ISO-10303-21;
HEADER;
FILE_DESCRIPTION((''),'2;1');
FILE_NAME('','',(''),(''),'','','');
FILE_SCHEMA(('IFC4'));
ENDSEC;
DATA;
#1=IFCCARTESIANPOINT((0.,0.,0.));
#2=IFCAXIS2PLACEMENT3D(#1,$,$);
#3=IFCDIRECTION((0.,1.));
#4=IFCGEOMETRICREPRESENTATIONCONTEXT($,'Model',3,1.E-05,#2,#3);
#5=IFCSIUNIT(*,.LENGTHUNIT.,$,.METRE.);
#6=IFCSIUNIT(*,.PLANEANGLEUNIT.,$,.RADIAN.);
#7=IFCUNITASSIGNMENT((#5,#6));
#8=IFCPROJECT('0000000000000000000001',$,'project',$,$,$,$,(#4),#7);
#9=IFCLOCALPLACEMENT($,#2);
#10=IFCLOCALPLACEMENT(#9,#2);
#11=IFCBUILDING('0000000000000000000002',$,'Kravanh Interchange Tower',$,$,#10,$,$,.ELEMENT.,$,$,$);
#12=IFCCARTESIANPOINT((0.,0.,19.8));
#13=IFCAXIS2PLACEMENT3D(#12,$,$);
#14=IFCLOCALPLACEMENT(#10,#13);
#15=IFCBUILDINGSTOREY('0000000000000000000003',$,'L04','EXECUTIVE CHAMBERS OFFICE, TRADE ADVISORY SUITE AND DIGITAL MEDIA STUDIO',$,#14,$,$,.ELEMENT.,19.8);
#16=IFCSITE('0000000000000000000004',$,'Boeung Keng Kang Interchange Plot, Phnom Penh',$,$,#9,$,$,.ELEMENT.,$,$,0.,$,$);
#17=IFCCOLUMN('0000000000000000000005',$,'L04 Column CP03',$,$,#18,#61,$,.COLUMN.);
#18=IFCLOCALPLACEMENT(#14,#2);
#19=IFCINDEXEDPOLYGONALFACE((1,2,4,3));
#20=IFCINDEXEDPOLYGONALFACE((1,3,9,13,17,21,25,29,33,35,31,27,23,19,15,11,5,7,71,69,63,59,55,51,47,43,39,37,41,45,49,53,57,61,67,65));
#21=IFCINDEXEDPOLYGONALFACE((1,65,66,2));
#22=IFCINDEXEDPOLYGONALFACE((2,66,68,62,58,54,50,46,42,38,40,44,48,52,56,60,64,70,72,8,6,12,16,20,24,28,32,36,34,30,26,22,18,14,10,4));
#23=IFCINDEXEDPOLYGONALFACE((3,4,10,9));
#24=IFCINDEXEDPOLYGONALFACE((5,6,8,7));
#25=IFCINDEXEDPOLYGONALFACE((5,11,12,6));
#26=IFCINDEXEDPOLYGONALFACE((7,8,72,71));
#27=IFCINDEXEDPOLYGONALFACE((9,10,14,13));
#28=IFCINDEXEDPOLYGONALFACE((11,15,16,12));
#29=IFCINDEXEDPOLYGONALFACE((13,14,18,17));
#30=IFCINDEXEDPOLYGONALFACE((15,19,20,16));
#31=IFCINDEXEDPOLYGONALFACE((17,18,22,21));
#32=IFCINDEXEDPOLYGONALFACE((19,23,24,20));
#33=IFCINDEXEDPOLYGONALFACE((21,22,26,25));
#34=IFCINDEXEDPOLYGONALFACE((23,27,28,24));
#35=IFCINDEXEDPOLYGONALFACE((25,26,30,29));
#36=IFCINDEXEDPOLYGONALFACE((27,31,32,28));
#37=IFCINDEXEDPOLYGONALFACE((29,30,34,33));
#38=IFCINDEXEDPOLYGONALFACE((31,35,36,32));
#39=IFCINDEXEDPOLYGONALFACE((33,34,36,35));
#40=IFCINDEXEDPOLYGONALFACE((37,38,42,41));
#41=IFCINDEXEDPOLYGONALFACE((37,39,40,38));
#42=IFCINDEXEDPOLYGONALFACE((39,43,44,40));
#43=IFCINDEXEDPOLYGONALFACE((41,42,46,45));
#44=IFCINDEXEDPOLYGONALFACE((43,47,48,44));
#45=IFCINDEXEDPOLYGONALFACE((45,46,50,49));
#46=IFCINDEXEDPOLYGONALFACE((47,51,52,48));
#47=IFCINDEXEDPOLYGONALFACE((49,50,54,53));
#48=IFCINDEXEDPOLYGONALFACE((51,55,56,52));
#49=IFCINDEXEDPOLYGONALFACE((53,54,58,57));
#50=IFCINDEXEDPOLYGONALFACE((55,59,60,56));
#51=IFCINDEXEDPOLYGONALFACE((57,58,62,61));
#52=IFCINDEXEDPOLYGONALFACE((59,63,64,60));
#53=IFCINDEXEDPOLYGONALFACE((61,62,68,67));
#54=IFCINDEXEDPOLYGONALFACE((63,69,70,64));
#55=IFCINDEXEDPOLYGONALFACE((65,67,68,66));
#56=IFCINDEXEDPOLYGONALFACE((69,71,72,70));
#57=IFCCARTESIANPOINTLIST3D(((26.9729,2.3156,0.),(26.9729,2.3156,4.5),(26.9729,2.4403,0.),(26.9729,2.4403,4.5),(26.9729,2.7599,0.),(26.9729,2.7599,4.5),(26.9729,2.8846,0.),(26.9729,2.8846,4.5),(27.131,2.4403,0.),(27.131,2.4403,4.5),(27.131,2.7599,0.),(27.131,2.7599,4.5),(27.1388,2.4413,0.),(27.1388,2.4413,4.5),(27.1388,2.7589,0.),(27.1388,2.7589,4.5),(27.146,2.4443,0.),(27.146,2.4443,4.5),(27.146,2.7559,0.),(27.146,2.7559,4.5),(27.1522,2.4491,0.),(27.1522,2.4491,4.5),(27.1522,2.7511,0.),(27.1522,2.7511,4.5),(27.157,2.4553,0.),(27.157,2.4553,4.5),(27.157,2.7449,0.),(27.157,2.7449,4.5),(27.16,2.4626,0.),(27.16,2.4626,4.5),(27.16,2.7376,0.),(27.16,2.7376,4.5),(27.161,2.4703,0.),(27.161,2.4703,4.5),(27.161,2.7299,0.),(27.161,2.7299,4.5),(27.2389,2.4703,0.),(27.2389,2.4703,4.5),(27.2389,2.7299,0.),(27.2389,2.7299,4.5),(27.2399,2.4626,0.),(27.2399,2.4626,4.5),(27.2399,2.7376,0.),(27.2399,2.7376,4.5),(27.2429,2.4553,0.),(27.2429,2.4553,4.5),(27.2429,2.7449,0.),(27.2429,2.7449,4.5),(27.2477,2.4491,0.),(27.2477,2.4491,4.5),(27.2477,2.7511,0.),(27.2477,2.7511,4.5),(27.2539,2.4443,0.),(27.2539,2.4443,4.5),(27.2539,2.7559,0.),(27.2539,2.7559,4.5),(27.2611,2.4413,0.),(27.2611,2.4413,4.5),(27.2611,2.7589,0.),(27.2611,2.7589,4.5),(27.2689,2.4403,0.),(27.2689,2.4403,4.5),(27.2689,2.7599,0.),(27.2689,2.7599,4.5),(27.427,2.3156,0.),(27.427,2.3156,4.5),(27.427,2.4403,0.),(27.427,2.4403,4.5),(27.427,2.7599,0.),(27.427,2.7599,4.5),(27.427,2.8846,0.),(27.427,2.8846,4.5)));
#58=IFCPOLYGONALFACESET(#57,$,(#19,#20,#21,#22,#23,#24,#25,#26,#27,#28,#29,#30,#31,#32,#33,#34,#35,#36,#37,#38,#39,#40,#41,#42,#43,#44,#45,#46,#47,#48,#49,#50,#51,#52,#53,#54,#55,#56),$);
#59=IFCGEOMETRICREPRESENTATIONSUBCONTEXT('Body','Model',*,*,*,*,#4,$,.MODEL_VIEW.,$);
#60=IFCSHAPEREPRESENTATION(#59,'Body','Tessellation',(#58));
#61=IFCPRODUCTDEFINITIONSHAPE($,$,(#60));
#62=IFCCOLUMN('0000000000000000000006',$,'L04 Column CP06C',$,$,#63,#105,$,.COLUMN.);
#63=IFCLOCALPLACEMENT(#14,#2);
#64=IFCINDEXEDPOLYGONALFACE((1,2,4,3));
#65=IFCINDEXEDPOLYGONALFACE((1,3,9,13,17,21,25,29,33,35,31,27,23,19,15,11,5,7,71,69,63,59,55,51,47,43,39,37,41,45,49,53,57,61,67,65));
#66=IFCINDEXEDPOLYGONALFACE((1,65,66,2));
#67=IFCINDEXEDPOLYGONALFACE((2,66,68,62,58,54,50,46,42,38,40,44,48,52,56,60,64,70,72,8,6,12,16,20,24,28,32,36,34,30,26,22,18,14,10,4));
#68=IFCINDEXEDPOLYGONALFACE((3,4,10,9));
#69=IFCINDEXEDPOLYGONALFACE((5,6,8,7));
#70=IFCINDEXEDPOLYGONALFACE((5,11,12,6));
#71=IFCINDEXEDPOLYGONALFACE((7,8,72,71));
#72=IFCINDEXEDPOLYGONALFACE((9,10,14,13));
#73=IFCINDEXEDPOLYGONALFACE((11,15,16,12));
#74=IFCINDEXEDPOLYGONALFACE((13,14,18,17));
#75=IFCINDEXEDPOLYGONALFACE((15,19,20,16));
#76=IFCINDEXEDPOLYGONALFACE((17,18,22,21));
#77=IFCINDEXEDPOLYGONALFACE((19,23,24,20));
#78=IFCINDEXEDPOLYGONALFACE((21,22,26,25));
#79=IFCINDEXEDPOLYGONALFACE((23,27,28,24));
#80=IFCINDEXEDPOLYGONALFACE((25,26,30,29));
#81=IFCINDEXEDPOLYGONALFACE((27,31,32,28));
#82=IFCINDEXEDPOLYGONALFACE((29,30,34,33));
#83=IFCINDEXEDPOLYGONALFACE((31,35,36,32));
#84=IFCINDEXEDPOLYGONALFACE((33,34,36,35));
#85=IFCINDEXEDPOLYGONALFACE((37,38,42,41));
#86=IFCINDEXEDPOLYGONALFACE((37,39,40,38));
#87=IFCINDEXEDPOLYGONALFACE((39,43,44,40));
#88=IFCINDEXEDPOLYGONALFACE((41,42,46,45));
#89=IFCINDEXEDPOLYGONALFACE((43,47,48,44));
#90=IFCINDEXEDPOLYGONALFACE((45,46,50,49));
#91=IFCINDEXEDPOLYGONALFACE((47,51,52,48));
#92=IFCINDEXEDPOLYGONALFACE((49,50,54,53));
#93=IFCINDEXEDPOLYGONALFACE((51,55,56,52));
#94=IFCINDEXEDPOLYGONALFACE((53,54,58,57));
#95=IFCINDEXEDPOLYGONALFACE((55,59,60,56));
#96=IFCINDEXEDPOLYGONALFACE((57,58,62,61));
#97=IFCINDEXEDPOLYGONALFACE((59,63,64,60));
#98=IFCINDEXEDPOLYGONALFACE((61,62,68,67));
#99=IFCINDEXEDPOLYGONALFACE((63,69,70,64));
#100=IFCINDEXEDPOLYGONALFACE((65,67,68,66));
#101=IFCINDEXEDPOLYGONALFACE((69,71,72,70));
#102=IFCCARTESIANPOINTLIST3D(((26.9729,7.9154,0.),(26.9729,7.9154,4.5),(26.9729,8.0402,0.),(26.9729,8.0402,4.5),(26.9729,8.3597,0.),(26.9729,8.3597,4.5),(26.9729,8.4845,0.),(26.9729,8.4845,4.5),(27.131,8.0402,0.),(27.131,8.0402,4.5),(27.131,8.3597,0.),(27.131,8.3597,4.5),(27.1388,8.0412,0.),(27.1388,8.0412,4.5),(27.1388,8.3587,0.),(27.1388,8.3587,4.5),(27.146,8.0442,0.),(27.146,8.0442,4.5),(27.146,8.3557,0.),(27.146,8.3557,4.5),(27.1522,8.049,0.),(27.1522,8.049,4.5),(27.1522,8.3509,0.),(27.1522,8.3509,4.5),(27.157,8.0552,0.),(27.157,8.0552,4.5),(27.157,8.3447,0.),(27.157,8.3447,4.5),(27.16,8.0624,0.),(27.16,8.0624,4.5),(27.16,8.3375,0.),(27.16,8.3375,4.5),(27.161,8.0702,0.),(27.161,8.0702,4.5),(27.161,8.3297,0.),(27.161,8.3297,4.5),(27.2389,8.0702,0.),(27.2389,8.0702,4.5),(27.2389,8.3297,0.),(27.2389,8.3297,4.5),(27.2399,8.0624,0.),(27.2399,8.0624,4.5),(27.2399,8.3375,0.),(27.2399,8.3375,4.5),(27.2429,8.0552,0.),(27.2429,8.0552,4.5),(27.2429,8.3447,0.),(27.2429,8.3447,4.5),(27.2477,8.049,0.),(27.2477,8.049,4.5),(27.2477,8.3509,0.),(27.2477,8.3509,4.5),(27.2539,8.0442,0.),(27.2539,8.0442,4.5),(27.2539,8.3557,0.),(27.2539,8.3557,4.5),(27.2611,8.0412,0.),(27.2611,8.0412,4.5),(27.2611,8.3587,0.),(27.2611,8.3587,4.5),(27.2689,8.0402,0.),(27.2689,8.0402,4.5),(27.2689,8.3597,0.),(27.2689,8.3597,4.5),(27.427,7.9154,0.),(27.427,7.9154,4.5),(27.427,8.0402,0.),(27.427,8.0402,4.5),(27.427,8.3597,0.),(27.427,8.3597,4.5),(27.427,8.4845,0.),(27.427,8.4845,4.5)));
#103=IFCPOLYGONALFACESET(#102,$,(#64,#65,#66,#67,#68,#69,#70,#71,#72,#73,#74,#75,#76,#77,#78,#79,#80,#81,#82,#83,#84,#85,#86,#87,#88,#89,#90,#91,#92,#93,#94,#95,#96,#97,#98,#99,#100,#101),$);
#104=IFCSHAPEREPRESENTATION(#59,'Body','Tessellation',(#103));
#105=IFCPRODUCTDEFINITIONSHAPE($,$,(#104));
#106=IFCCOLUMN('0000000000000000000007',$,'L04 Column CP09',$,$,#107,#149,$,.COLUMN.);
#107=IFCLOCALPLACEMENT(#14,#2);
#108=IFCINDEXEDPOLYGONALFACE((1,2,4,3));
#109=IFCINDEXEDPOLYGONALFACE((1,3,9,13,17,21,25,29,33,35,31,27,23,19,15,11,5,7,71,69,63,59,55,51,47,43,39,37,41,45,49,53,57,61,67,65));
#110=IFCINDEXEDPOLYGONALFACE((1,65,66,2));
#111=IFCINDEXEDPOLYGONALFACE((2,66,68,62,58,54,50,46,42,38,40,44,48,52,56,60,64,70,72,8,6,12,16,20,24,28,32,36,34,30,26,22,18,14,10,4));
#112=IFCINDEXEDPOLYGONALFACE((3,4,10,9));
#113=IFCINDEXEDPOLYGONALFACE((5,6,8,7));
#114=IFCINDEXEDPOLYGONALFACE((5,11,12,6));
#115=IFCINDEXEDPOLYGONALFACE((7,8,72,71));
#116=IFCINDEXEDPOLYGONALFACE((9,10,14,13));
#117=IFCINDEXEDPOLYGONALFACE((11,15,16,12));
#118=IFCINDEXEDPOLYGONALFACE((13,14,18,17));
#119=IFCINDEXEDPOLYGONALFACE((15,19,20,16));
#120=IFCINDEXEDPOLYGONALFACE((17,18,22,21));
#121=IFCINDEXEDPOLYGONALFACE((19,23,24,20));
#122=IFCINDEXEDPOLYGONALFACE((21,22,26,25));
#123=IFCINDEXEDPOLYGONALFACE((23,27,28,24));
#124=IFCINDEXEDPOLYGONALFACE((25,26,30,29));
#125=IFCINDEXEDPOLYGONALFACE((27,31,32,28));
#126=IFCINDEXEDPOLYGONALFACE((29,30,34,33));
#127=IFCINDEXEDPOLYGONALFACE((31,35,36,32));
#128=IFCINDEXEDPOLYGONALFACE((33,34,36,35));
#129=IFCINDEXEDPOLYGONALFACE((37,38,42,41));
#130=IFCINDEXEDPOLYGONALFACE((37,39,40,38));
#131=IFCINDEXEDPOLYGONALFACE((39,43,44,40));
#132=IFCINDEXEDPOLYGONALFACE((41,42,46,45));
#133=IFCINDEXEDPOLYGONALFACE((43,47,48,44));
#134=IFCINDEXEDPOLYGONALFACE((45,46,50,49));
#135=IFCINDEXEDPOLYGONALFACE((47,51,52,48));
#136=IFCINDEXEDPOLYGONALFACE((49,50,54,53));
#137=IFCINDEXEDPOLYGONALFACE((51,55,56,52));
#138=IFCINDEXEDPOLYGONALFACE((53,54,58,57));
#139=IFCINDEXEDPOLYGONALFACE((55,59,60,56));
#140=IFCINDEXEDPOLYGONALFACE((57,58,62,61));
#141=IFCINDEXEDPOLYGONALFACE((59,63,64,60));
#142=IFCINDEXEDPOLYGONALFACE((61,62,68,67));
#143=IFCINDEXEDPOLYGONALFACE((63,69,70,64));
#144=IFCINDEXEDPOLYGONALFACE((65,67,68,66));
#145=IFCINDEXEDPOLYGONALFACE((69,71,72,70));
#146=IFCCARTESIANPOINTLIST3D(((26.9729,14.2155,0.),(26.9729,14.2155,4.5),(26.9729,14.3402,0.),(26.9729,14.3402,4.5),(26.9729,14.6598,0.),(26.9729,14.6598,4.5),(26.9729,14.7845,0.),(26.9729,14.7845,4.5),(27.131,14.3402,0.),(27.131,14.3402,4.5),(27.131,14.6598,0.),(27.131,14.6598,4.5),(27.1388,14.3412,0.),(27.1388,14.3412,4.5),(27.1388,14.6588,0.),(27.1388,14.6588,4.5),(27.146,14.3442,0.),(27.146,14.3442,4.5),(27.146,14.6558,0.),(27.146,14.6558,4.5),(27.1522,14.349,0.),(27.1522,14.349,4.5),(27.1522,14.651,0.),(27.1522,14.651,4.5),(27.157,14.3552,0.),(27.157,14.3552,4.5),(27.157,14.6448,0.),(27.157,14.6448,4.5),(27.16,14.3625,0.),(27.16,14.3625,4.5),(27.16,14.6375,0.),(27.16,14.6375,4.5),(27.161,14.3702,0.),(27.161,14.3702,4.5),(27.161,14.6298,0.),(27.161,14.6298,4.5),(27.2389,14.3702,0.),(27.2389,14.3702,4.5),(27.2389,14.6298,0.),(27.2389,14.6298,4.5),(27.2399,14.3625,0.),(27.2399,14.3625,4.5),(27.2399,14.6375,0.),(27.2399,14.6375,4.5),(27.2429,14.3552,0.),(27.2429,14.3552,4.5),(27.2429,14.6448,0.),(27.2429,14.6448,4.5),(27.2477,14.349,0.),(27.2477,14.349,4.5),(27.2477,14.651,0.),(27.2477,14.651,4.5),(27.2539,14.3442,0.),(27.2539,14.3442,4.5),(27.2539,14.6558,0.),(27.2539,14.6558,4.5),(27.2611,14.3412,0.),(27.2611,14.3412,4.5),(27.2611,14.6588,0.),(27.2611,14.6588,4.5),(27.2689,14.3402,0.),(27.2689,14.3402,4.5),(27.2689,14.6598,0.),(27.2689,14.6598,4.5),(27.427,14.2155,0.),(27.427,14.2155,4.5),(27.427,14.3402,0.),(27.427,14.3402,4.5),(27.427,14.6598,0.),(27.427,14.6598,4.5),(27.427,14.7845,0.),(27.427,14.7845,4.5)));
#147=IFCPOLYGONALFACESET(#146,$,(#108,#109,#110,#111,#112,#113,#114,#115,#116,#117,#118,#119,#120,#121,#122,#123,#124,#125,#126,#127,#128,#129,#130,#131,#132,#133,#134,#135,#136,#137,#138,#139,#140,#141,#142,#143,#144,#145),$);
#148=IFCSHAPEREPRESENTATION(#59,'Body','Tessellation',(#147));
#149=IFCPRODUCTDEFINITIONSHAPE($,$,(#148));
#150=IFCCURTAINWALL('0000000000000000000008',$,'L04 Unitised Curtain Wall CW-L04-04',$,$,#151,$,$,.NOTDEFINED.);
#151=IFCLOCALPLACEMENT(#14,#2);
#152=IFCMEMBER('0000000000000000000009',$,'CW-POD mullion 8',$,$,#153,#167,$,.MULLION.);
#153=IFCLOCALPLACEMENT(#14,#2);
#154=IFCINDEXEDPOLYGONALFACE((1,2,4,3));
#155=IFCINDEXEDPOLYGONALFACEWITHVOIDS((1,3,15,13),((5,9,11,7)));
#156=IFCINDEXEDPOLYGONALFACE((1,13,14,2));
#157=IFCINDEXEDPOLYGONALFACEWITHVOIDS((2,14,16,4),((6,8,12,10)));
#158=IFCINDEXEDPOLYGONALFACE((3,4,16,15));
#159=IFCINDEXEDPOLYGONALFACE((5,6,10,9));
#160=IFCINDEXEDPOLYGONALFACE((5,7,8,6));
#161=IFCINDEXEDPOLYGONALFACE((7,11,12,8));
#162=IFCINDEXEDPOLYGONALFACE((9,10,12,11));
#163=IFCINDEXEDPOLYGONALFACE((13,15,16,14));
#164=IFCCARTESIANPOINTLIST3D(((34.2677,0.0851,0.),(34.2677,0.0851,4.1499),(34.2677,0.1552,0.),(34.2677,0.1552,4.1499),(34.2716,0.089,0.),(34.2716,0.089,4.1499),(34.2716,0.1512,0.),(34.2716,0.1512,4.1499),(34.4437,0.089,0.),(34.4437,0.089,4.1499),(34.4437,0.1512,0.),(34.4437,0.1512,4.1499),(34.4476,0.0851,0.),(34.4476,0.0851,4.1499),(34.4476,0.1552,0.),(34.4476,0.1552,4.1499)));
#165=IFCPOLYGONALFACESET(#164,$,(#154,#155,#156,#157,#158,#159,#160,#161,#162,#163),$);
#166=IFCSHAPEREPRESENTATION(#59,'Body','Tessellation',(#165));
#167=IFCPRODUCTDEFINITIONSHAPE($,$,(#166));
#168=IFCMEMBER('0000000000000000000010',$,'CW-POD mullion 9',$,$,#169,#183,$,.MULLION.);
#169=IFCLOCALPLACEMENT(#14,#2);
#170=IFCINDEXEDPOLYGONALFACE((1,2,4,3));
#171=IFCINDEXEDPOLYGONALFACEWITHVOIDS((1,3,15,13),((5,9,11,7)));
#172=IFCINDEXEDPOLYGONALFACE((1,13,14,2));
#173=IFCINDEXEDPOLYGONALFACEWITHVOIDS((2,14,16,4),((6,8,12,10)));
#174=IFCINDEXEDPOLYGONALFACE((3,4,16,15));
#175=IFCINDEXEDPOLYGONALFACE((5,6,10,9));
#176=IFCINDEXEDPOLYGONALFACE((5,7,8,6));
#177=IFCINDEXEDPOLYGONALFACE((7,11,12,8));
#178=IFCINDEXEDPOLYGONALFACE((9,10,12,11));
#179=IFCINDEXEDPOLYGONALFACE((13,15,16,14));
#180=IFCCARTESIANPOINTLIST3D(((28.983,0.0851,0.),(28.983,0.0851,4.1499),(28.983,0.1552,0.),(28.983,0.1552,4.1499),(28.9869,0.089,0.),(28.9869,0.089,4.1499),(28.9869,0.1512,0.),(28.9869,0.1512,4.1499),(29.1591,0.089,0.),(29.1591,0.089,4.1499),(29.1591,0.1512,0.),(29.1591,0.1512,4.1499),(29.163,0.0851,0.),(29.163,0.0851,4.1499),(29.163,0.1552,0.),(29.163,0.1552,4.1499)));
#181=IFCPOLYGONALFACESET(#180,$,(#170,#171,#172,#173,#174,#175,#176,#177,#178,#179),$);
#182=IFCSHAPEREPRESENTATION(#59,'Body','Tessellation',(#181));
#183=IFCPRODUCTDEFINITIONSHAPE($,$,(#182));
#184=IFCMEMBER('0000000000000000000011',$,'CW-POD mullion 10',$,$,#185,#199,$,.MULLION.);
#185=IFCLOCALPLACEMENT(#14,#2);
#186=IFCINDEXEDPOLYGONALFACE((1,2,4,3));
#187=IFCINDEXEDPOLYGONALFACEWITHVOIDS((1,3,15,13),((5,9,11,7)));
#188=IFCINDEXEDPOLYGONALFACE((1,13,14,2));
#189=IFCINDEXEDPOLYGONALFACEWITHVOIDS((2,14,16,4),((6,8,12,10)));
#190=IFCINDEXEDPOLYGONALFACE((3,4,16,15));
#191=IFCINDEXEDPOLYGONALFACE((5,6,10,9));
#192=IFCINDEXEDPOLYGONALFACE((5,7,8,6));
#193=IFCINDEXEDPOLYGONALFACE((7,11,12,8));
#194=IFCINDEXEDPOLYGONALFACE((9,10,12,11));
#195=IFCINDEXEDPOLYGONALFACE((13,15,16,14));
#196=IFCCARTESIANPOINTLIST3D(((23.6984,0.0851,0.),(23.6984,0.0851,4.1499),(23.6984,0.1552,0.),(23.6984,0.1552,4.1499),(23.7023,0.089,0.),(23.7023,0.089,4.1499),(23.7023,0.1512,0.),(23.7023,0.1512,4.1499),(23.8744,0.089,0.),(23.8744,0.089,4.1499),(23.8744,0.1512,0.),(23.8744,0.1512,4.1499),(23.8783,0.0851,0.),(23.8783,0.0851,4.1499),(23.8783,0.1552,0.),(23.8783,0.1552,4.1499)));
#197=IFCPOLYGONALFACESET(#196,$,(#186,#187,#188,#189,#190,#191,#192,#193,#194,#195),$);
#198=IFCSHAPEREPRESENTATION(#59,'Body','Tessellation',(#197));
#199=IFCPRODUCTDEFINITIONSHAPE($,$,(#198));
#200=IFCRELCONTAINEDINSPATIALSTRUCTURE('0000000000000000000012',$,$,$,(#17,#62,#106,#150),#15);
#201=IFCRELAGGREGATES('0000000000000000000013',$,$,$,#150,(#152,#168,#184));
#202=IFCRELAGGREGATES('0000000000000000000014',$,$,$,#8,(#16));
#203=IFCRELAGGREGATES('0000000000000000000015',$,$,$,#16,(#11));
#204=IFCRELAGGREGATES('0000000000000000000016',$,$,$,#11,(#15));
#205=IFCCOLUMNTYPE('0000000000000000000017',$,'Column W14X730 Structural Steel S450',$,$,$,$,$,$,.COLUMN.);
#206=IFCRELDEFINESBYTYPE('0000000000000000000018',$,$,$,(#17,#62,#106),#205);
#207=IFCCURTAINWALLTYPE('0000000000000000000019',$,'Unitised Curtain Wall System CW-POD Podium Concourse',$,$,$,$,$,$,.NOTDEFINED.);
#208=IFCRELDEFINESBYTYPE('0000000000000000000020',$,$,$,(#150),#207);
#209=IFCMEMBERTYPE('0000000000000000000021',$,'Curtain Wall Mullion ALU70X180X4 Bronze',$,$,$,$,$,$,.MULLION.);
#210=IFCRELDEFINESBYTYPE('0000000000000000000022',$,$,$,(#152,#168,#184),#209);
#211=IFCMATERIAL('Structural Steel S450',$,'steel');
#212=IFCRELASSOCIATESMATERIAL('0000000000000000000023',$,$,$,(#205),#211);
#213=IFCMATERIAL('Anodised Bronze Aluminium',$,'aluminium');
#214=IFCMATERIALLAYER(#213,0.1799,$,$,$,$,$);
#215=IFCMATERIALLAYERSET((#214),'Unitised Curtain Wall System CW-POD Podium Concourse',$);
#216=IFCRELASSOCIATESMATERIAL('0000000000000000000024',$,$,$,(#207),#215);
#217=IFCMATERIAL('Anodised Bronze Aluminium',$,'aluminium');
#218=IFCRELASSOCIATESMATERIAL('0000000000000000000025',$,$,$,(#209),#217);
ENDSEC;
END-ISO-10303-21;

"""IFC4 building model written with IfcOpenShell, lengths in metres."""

from ifc_helpers import new_model, si_unit, direction, frame, origin, origin_2d, place, context, subcontext, project, spatial, hollow_rectangle, i_section, extrude, material, layer, layer_set, material_profile, profile_set, type_object, element, aggregate, save


model = new_model("IFC4")

# Units and contexts
model_context = context("Model", 3, precision=1e-05, world=origin(), true_north=direction((0.0, 1.0)))
body_context = subcontext(model_context, "Body", "Model", "MODEL_VIEW")
ifc_project = project(units=[si_unit("LENGTHUNIT", "METRE"), si_unit("PLANEANGLEUNIT", "RADIAN")], contexts=[model_context])

# Site, building, storey
site_placement = place(None, origin())
site = spatial("IfcSite", under=ifc_project, at=site_placement, Name="Boeung Keng Kang Interchange Plot, Phnom Penh", CompositionType="ELEMENT", RefElevation=0.0)
building_placement = place(site_placement, origin())
building = spatial("IfcBuilding", under=site, at=building_placement, Name="Kravanh Interchange Tower", CompositionType="ELEMENT")
storey_placement = place(building_placement, frame((0.0, 0.0, 19.8)))
storey = spatial("IfcBuildingStorey", under=building, at=storey_placement, Name="L04", Description="EXECUTIVE CHAMBERS OFFICE, TRADE ADVISORY SUITE AND DIGITAL MEDIA STUDIO", CompositionType="ELEMENT", Elevation=19.8)

# Columns
ifc_material_1 = material(Name="Structural Steel S450", Category="steel")
ifc_material_profile_1 = material_profile(ifc_material_1, i_section(OverallWidth=0.4541, OverallDepth=0.5691, WebThickness=0.0779, FlangeThickness=0.1248, FilletRadius=0.03, at=origin_2d()), Name="W14X730")
ifc_profile_set_1 = profile_set([ifc_material_profile_1], Name="Structural Steel S450")
column_type = type_object("IfcColumnType", Name="Column W14X730 Structural Steel S450", PredefinedType="COLUMN", material=ifc_profile_set_1)
for number, where, z_axis, x_axis, name in (
    (1, (27.2, 2.6001, 0.0), (0.0, 0.0, 1.0), (1.0, 0.0, 0.0), "L04 Column CP03"),
    (2, (27.2, 8.2, 0.0), (0.0, 0.0, 1.0), (1.0, 0.0, 0.0), "L04 Column CP06C"),
    (3, (27.2, 14.5, 0.0), (0.0, 0.0, 1.0), (1.0, 0.0, 0.0), "L04 Column CP09"),
):
    element("IfcColumn", number, at=place(storey_placement, frame(where, z_axis=z_axis, x_axis=x_axis)), inside=storey, type_object=column_type, Name=name, PredefinedType="COLUMN", context=body_context, shape_type="SweptSolid", body=[
        extrude(i_section(OverallWidth=0.4541, OverallDepth=0.5691, WebThickness=0.0779, FlangeThickness=0.1248, FilletRadius=0.03, at=origin_2d()), origin(), (0.0, 0.0, 1.0), 4.5),
    ])

# Curtain wall, members
ifc_material_2 = material(Name="Anodised Bronze Aluminium", Category="aluminium")
ifc_layer_1 = layer(ifc_material_2, 0.1799)
ifc_layer_set_1 = layer_set([ifc_layer_1], Name="Unitised Curtain Wall System CW-POD Podium Concourse")
curtain_wall_type = type_object("IfcCurtainWallType", Name="Unitised Curtain Wall System CW-POD Podium Concourse", PredefinedType="NOTDEFINED", material=ifc_layer_set_1)
curtain_wall_placement = place(storey_placement, origin())
curtain_wall = element("IfcCurtainWall", 4, at=curtain_wall_placement, inside=storey, type_object=curtain_wall_type, Name="L04 Unitised Curtain Wall CW-L04-04", PredefinedType="NOTDEFINED")
ifc_material_3 = material(Name="Anodised Bronze Aluminium", Category="aluminium")
ifc_material_profile_2 = material_profile(ifc_material_3, hollow_rectangle(XDim=0.0701, YDim=0.1799, WallThickness=0.0039, at=origin_2d()), Name="ALU70X180X4")
ifc_profile_set_2 = profile_set([ifc_material_profile_2], Name="Anodised Bronze Aluminium")
member_type_1 = type_object("IfcMemberType", Name="Curtain Wall Mullion ALU70X180X4 Bronze", PredefinedType="MULLION", material=ifc_profile_set_2)
member_1_placement = place(storey_placement, frame((34.3577, 0.1201, 0.0), z_axis=(0.0, 0.0, 1.0), x_axis=(0.0, -1.0, 0.0)))
member_1 = element("IfcMember", 5, at=member_1_placement, type_object=member_type_1, Name="CW-POD mullion 8", PredefinedType="MULLION", context=body_context, shape_type="SweptSolid", body=[
    extrude(hollow_rectangle(XDim=0.0701, YDim=0.1799, WallThickness=0.0039, at=origin_2d()), origin(), (0.0, 0.0, 1.0), 4.1499),
])
member_2_placement = place(storey_placement, frame((29.073, 0.1201, 0.0), z_axis=(0.0, 0.0, 1.0), x_axis=(0.0, -1.0, 0.0)))
member_2 = element("IfcMember", 6, at=member_2_placement, type_object=member_type_1, Name="CW-POD mullion 9", PredefinedType="MULLION", context=body_context, shape_type="SweptSolid", body=[
    extrude(hollow_rectangle(XDim=0.0701, YDim=0.1799, WallThickness=0.0039, at=origin_2d()), origin(), (0.0, 0.0, 1.0), 4.1499),
])
member_3_placement = place(storey_placement, frame((23.7883, 0.1201, 0.0), z_axis=(0.0, 0.0, 1.0), x_axis=(0.0, -1.0, 0.0)))
member_3 = element("IfcMember", 7, at=member_3_placement, type_object=member_type_1, Name="CW-POD mullion 10", PredefinedType="MULLION", context=body_context, shape_type="SweptSolid", body=[
    extrude(hollow_rectangle(XDim=0.0701, YDim=0.1799, WallThickness=0.0039, at=origin_2d()), origin(), (0.0, 0.0, 1.0), 4.1499),
])

aggregate(curtain_wall, [member_1, member_2, member_3])

save(model, "model.ifc")
